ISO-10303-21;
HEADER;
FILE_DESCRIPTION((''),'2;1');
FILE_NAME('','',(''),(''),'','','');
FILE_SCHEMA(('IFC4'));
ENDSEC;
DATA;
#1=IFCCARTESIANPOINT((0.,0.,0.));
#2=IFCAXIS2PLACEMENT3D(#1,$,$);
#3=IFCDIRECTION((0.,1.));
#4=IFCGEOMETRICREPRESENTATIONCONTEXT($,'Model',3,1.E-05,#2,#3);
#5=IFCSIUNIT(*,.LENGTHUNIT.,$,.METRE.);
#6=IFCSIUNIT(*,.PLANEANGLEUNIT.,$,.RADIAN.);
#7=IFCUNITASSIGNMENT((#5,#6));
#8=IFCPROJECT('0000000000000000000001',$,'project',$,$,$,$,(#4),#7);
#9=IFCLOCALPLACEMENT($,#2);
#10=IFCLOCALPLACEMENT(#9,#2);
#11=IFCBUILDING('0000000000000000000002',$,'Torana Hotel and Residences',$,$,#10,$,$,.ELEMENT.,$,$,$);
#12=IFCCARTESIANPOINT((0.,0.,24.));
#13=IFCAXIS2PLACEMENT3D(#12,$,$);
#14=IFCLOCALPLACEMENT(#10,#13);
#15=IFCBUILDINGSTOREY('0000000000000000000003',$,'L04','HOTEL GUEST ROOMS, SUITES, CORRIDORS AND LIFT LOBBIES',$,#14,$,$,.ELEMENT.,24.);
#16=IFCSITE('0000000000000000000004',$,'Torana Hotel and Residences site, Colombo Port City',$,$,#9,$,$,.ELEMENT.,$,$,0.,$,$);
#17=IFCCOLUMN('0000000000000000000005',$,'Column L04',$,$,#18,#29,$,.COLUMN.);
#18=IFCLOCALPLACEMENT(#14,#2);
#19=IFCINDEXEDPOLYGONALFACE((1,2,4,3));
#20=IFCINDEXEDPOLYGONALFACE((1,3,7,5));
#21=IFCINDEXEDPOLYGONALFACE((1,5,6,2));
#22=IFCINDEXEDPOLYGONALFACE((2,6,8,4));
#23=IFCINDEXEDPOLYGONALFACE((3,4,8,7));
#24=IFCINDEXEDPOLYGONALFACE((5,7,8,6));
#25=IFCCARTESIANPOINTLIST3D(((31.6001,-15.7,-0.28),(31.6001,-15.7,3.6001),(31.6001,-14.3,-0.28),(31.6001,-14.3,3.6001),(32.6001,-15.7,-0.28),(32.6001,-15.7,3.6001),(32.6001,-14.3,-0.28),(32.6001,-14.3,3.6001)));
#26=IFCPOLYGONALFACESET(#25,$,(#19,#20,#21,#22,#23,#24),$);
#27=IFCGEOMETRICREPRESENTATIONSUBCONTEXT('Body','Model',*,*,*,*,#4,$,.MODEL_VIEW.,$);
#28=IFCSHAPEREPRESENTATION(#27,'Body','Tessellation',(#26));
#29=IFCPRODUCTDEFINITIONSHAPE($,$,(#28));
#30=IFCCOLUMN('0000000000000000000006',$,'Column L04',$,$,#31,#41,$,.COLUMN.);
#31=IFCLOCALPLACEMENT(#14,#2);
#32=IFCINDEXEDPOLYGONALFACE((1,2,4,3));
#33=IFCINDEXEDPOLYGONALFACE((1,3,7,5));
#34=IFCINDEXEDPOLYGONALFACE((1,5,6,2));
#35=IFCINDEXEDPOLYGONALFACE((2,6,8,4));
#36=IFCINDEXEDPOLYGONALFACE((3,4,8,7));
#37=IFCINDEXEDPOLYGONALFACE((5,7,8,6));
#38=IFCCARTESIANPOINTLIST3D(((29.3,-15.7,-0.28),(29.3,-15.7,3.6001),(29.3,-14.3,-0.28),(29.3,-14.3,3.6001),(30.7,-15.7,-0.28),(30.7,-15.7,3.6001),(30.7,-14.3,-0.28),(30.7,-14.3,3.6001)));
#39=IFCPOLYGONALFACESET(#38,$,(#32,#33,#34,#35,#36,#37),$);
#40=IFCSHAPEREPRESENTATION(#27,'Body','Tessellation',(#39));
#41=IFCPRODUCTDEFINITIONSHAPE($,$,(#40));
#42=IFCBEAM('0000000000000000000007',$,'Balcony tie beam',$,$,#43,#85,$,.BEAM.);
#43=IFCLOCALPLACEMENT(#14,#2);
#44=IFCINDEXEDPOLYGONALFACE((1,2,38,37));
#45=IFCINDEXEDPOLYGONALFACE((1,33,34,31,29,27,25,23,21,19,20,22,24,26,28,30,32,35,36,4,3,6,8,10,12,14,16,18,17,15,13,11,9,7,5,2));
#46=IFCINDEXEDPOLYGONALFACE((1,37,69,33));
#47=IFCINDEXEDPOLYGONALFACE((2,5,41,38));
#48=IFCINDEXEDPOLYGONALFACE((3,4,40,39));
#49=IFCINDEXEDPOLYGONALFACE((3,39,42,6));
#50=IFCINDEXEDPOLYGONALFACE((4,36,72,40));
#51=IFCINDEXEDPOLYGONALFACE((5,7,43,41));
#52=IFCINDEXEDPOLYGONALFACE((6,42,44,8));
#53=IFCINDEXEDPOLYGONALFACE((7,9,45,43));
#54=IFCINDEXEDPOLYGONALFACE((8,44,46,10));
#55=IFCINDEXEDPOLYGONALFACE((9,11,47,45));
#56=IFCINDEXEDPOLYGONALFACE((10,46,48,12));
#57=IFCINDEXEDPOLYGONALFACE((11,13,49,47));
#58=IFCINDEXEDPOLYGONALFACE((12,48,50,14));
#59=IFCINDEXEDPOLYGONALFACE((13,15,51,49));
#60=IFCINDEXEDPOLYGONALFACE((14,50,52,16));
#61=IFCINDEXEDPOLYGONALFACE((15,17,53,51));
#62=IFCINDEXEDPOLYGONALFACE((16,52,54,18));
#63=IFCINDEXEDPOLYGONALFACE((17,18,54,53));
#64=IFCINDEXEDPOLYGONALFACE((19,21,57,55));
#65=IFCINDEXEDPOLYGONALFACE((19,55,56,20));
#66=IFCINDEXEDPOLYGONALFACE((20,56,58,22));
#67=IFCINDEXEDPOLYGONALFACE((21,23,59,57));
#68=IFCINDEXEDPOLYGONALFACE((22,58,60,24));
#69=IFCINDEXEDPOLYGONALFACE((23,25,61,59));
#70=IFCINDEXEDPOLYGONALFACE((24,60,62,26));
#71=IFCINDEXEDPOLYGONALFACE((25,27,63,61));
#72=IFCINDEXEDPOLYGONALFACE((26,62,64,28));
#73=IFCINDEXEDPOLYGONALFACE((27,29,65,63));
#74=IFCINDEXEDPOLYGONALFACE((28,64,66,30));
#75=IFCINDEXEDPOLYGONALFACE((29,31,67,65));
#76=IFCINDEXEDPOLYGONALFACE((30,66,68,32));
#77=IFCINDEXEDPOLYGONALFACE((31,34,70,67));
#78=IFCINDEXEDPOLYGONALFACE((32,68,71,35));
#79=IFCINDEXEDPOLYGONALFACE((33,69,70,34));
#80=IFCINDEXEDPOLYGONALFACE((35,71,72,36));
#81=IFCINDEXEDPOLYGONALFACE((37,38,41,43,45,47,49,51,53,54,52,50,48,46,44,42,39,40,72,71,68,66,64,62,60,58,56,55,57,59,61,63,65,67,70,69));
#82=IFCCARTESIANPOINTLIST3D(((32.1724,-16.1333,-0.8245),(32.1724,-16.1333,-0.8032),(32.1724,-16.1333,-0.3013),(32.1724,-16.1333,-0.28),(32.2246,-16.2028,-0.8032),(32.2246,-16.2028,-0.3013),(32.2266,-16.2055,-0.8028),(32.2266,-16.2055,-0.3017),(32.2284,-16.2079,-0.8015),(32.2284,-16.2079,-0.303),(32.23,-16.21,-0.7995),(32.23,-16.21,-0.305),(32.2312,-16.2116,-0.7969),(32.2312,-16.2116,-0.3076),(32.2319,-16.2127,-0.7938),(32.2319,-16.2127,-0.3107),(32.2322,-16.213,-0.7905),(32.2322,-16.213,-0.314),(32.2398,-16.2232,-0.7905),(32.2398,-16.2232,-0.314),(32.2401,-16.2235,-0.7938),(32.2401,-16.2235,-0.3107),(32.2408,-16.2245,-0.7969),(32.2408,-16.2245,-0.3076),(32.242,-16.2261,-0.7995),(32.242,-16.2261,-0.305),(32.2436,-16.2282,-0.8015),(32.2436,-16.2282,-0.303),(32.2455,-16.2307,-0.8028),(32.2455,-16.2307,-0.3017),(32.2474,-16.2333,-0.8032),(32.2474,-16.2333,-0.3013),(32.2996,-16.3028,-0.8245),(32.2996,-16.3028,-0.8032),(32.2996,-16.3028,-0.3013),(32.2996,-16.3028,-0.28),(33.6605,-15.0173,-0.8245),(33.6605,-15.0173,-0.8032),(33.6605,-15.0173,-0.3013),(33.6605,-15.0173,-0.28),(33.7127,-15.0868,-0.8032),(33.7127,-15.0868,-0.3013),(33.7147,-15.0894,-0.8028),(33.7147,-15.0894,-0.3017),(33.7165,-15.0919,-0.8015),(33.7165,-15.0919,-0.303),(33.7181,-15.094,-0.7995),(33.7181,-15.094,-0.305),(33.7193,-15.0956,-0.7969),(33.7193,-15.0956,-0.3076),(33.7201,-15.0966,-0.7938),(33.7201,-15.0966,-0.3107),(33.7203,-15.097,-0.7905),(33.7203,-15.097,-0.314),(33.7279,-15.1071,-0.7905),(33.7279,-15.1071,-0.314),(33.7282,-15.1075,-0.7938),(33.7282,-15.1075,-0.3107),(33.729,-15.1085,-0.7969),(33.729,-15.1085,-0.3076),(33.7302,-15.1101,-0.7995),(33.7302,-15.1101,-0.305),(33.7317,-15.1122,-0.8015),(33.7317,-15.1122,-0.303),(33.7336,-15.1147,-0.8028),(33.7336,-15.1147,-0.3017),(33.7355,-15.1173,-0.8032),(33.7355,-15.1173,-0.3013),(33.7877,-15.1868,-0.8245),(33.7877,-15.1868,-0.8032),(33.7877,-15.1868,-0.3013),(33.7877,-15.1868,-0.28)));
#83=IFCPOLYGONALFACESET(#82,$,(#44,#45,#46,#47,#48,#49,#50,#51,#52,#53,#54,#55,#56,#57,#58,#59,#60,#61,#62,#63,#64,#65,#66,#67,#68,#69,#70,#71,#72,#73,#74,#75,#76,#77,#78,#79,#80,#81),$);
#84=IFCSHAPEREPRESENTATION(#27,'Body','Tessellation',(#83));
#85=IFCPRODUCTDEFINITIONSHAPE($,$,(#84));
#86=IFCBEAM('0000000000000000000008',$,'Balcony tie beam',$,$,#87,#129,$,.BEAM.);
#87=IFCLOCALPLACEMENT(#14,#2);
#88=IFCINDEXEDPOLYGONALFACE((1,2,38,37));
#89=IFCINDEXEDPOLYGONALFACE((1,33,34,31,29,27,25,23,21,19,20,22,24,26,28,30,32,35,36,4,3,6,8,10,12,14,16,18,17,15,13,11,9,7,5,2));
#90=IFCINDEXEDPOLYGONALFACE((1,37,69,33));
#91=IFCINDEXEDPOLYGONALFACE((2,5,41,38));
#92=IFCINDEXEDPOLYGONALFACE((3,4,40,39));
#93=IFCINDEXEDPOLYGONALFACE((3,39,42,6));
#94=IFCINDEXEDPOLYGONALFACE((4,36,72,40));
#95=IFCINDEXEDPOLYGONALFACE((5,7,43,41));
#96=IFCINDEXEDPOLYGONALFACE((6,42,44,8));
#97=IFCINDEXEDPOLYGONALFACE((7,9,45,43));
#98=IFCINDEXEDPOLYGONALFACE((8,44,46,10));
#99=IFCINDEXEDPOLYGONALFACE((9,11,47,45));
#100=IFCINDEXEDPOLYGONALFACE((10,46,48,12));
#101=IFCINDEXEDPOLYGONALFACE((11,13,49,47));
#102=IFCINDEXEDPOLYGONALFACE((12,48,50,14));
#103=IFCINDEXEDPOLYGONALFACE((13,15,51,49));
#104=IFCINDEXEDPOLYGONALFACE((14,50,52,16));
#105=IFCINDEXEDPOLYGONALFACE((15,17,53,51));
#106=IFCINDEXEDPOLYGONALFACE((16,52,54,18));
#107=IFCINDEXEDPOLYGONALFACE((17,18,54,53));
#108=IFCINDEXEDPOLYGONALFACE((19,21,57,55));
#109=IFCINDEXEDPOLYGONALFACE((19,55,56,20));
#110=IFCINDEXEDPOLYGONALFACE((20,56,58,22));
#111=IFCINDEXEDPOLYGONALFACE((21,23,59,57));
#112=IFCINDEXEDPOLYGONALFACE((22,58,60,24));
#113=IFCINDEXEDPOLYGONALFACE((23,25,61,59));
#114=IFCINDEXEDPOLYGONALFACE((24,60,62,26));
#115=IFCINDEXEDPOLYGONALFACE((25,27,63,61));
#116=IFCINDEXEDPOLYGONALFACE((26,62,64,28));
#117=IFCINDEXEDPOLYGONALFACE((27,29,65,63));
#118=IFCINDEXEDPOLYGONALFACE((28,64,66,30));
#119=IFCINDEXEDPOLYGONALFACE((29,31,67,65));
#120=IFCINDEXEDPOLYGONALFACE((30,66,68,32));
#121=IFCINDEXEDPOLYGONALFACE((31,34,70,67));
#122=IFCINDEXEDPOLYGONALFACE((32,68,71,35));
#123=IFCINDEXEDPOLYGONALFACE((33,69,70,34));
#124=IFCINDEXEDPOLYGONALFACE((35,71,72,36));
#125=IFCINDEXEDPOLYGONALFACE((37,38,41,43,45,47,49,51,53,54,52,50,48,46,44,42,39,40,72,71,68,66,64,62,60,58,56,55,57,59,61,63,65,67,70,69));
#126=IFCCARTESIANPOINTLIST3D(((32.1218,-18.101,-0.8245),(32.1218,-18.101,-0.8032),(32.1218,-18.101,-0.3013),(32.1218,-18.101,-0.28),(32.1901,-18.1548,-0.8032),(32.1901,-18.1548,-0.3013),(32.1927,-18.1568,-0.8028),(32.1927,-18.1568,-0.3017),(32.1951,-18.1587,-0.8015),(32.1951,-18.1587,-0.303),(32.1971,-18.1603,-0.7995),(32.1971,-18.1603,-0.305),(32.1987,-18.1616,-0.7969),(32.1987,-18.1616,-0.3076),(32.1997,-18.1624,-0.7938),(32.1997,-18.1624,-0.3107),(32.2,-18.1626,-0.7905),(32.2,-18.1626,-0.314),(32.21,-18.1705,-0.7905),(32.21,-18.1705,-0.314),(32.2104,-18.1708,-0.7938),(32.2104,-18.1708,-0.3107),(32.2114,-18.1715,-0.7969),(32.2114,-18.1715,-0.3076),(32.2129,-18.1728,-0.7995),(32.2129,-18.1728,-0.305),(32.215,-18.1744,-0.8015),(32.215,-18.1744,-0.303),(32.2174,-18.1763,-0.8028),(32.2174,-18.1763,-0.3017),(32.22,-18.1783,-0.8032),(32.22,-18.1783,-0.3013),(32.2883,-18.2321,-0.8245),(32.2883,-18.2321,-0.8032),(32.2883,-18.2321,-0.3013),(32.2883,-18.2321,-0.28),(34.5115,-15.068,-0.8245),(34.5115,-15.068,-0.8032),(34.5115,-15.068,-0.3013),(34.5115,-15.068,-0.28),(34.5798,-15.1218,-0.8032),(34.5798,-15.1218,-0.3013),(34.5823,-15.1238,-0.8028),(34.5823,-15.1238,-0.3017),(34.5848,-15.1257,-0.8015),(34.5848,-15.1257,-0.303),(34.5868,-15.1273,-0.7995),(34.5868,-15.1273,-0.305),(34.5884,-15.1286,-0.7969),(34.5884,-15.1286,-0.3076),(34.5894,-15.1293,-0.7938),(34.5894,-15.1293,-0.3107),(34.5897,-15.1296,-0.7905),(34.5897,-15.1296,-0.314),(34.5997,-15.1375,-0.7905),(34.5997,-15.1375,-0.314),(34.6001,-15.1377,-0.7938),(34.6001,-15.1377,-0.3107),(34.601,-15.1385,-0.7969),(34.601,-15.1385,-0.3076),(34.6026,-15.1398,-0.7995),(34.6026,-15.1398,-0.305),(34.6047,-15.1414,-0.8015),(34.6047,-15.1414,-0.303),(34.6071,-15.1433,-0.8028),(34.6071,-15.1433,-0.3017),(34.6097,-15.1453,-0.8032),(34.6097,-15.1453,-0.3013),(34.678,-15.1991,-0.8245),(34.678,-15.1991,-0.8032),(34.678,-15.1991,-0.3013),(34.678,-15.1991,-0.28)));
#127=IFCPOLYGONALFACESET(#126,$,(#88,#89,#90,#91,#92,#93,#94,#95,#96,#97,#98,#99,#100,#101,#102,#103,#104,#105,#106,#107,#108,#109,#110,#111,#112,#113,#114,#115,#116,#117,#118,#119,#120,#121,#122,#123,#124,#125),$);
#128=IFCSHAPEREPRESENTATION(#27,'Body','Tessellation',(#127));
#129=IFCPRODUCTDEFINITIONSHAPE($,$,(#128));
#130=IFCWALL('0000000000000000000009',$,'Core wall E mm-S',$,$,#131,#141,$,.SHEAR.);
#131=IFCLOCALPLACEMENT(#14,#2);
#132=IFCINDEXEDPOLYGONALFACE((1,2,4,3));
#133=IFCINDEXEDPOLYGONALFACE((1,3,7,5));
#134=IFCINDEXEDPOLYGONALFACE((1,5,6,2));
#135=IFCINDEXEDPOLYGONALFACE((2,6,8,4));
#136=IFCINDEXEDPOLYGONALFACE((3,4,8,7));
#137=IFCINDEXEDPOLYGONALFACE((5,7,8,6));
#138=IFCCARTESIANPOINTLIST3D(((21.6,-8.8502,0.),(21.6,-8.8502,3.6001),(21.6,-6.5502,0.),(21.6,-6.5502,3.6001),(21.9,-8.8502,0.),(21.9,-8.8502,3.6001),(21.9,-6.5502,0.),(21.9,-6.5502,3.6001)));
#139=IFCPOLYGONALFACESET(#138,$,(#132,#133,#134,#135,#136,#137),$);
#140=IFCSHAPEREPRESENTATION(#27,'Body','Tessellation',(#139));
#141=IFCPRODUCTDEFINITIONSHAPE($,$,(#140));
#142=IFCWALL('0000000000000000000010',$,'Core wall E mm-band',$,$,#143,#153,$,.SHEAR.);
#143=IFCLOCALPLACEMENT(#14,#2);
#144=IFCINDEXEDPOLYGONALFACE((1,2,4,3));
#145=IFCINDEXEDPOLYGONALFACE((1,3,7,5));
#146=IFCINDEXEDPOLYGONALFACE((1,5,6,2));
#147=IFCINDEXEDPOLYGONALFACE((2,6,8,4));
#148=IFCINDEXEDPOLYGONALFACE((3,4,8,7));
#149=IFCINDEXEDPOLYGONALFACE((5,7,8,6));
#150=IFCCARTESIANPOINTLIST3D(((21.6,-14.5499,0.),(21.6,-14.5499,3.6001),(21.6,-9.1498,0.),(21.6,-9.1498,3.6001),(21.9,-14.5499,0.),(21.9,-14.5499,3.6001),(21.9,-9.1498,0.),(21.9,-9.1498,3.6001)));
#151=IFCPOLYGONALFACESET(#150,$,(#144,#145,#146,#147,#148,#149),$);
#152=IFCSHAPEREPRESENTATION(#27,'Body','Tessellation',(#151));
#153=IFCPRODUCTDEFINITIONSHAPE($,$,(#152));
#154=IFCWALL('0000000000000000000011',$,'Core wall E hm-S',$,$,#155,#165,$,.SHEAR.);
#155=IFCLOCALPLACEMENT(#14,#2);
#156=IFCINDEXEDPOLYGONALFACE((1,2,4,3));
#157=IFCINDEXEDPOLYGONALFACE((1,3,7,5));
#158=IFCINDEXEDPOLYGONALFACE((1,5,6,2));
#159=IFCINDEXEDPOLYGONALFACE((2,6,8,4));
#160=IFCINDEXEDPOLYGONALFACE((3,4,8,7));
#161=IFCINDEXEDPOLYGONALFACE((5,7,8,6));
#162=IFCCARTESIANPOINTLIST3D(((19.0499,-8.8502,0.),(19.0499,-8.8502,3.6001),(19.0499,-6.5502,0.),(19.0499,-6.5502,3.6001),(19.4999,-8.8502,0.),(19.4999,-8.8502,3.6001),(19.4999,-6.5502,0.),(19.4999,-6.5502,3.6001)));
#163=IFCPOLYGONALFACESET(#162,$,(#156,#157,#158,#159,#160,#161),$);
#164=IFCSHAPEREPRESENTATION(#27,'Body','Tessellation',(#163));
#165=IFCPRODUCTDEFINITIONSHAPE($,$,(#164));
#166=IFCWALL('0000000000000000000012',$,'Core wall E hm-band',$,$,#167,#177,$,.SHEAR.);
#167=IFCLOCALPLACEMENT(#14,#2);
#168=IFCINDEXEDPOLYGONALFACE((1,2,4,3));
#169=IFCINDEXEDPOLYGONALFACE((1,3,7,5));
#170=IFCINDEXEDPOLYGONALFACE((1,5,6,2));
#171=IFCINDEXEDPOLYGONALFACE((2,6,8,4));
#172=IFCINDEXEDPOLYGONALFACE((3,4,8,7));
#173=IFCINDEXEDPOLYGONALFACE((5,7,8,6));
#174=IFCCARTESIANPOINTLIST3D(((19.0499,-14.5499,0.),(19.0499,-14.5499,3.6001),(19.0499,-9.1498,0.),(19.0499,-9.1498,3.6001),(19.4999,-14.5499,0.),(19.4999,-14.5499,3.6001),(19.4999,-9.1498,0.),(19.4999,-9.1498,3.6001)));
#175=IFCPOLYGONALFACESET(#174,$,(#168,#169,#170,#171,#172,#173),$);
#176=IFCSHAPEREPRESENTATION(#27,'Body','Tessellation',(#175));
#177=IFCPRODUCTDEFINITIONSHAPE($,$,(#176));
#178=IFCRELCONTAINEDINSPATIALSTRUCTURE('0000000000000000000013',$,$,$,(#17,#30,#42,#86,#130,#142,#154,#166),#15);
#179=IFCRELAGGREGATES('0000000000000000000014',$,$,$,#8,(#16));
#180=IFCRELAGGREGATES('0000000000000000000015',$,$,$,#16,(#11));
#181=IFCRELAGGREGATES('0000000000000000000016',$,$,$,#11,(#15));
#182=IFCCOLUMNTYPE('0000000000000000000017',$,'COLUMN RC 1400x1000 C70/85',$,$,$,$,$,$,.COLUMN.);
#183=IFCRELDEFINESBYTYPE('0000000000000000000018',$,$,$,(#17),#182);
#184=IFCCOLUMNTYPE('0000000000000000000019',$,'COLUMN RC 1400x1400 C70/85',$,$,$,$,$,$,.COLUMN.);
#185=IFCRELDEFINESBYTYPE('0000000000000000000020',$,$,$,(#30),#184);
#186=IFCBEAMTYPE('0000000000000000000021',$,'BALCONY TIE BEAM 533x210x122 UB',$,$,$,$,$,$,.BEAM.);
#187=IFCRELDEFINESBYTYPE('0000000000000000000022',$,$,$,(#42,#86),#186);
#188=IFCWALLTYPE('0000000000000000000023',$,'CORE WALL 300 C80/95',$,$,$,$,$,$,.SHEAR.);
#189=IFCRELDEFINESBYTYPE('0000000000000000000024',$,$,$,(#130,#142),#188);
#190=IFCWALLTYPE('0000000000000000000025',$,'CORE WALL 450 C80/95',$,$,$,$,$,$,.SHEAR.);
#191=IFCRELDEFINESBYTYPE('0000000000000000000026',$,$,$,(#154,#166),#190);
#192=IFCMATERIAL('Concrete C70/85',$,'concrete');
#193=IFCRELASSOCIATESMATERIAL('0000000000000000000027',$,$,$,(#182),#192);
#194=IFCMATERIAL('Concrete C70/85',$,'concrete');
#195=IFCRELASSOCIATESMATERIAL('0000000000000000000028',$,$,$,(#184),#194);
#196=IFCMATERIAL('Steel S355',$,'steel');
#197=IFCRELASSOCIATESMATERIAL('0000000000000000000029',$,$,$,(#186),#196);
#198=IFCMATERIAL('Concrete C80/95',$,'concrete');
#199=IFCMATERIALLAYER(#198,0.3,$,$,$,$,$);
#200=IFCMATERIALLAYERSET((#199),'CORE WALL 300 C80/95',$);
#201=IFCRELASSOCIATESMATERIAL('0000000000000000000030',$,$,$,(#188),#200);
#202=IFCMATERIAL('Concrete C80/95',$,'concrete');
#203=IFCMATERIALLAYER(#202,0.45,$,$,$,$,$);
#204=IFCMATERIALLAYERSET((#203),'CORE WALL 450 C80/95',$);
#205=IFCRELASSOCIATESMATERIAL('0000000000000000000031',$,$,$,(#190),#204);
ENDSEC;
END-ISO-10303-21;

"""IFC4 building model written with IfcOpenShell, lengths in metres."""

from ifc_helpers import new_model, si_unit, direction, frame, frame_2d, origin, origin_2d, place, context, subcontext, project, spatial, rectangle, i_section, extrude, material, layer, layer_set, material_profile, profile_set, type_object, element, save


model = new_model("IFC4")

# Units and contexts
model_context = context("Model", 3, precision=1e-05, world=origin(), true_north=direction((0.0, 1.0)))
body_context = subcontext(model_context, "Body", "Model", "MODEL_VIEW")
ifc_project = project(units=[si_unit("LENGTHUNIT", "METRE"), si_unit("PLANEANGLEUNIT", "RADIAN")], contexts=[model_context])

# Site, building, storey
site_placement = place(None, origin())
site = spatial("IfcSite", under=ifc_project, at=site_placement, Name="Torana Hotel and Residences site, Colombo Port City", CompositionType="ELEMENT", RefElevation=0.0)
building_placement = place(site_placement, origin())
building = spatial("IfcBuilding", under=site, at=building_placement, Name="Torana Hotel and Residences", CompositionType="ELEMENT")
storey_placement = place(building_placement, frame((0.0, 0.0, 24.0)))
storey = spatial("IfcBuildingStorey", under=building, at=storey_placement, Name="L04", Description="HOTEL GUEST ROOMS, SUITES, CORRIDORS AND LIFT LOBBIES", CompositionType="ELEMENT", Elevation=24.0)

# Columns
ifc_material_1 = material(Name="Concrete C70/85", Category="concrete")
ifc_material_profile_1 = material_profile(ifc_material_1, rectangle(XDim=1.3999, YDim=1.0, at=origin_2d()), Name="RC 1400x1000")
ifc_profile_set_1 = profile_set([ifc_material_profile_1], Name="Concrete C70/85")
column_type_1 = type_object("IfcColumnType", Name="COLUMN RC 1400x1000 C70/85", PredefinedType="COLUMN", material=ifc_profile_set_1)
column_1_placement = place(storey_placement, frame((32.1001, -15.0, -0.28), z_axis=(0.0, 0.0, 1.0), x_axis=(0.0, 1.0, 0.0)))
element("IfcColumn", 1, at=column_1_placement, inside=storey, type_object=column_type_1, Name="Column L04", PredefinedType="COLUMN", context=body_context, shape_type="SweptSolid", body=[
    extrude(rectangle(XDim=1.3999, YDim=1.0, at=origin_2d()), origin(), (0.0, 0.0, 1.0), 3.8801),
])
ifc_material_2 = material(Name="Concrete C70/85", Category="concrete")
ifc_material_profile_2 = material_profile(ifc_material_2, rectangle(XDim=1.3999, YDim=1.3999, at=origin_2d()), Name="RC 1400x1400")
ifc_profile_set_2 = profile_set([ifc_material_profile_2], Name="Concrete C70/85")
column_type_2 = type_object("IfcColumnType", Name="COLUMN RC 1400x1400 C70/85", PredefinedType="COLUMN", material=ifc_profile_set_2)
column_2_placement = place(storey_placement, frame((30.0, -15.0, -0.28), z_axis=(0.0, 0.0, 1.0), x_axis=(1.0, 0.0, 0.0)))
element("IfcColumn", 2, at=column_2_placement, inside=storey, type_object=column_type_2, Name="Column L04", PredefinedType="COLUMN", context=body_context, shape_type="SweptSolid", body=[
    extrude(rectangle(XDim=1.3999, YDim=1.3999, at=origin_2d()), origin(), (0.0, 0.0, 1.0), 3.8801),
])

# Beams
ifc_material_3 = material(Name="Steel S355", Category="steel")
ifc_material_profile_3 = material_profile(ifc_material_3, i_section(OverallWidth=0.2119, OverallDepth=0.5444, WebThickness=0.0127, FlangeThickness=0.0212, FilletRadius=0.0127, at=origin_2d()), Name="533x210x122 UB")
ifc_profile_set_3 = profile_set([ifc_material_profile_3], Name="Steel S355")
beam_type = type_object("IfcBeamType", Name="BALCONY TIE BEAM 533x210x122 UB", PredefinedType="BEAM", material=ifc_profile_set_3)
beam_1_placement = place(storey_placement, frame((33.7241, -15.1021, -0.5522), z_axis=(-0.800016, -0.599979, 0.0), x_axis=(0.599979, -0.800016, 0.0)))
element("IfcBeam", 3, at=beam_1_placement, inside=storey, type_object=beam_type, Name="Balcony tie beam", PredefinedType="BEAM", context=body_context, shape_type="SweptSolid", body=[
    extrude(i_section(OverallWidth=0.2119, OverallDepth=0.5444, WebThickness=0.0127, FlangeThickness=0.0212, FilletRadius=0.0127, at=origin_2d()), origin(), (0.0, 0.0, 1.0), 1.8601),
])
beam_2_placement = place(storey_placement, frame((34.5947, -15.1335, -0.5522), z_axis=(-0.618879, -0.785486, 0.0), x_axis=(0.785486, -0.618879, 0.0)))
element("IfcBeam", 4, at=beam_2_placement, inside=storey, type_object=beam_type, Name="Balcony tie beam", PredefinedType="BEAM", context=body_context, shape_type="SweptSolid", body=[
    extrude(i_section(OverallWidth=0.2119, OverallDepth=0.5444, WebThickness=0.0127, FlangeThickness=0.0212, FilletRadius=0.0127, at=origin_2d()), origin(), (0.0, 0.0, 1.0), 3.8613),
])

# Walls
ifc_material_4 = material(Name="Concrete C80/95", Category="concrete")
ifc_layer_1 = layer(ifc_material_4, 0.3)
ifc_layer_set_1 = layer_set([ifc_layer_1], Name="CORE WALL 300 C80/95")
wall_type_1 = type_object("IfcWallType", Name="CORE WALL 300 C80/95", PredefinedType="SHEAR", material=ifc_layer_set_1)
wall_1_placement = place(storey_placement, frame((21.75, -8.8501, 0.0), z_axis=(0.0, 0.0, 1.0), x_axis=(0.0, 1.0, 0.0)))
element("IfcWall", 5, at=wall_1_placement, inside=storey, type_object=wall_type_1, Name="Core wall E mm-S", PredefinedType="SHEAR", context=body_context, shape_type="SweptSolid", body=[
    extrude(rectangle(XDim=2.3, YDim=0.3, at=frame_2d((1.1499, 0.0))), origin(), (0.0, 0.0, 1.0), 3.6001),
])
wall_2_placement = place(storey_placement, frame((21.75, -14.55, 0.0), z_axis=(0.0, 0.0, 1.0), x_axis=(0.0, 1.0, 0.0)))
element("IfcWall", 6, at=wall_2_placement, inside=storey, type_object=wall_type_1, Name="Core wall E mm-band", PredefinedType="SHEAR", context=body_context, shape_type="SweptSolid", body=[
    extrude(rectangle(XDim=5.4001, YDim=0.3, at=frame_2d((2.7002, 0.0))), origin(), (0.0, 0.0, 1.0), 3.6001),
])
ifc_material_5 = material(Name="Concrete C80/95", Category="concrete")
ifc_layer_2 = layer(ifc_material_5, 0.45)
ifc_layer_set_2 = layer_set([ifc_layer_2], Name="CORE WALL 450 C80/95")
wall_type_2 = type_object("IfcWallType", Name="CORE WALL 450 C80/95", PredefinedType="SHEAR", material=ifc_layer_set_2)
wall_3_placement = place(storey_placement, frame((19.2749, -8.8501, 0.0), z_axis=(0.0, 0.0, 1.0), x_axis=(0.0, 1.0, 0.0)))
element("IfcWall", 7, at=wall_3_placement, inside=storey, type_object=wall_type_2, Name="Core wall E hm-S", PredefinedType="SHEAR", context=body_context, shape_type="SweptSolid", body=[
    extrude(rectangle(XDim=2.3, YDim=0.45, at=frame_2d((1.1499, 0.0))), origin(), (0.0, 0.0, 1.0), 3.6001),
])
wall_4_placement = place(storey_placement, frame((19.2749, -14.55, 0.0), z_axis=(0.0, 0.0, 1.0), x_axis=(0.0, 1.0, 0.0)))
element("IfcWall", 8, at=wall_4_placement, inside=storey, type_object=wall_type_2, Name="Core wall E hm-band", PredefinedType="SHEAR", context=body_context, shape_type="SweptSolid", body=[
    extrude(rectangle(XDim=5.4001, YDim=0.45, at=frame_2d((2.7002, 0.0))), origin(), (0.0, 0.0, 1.0), 3.6001),
])

save(model, "model.ifc")
